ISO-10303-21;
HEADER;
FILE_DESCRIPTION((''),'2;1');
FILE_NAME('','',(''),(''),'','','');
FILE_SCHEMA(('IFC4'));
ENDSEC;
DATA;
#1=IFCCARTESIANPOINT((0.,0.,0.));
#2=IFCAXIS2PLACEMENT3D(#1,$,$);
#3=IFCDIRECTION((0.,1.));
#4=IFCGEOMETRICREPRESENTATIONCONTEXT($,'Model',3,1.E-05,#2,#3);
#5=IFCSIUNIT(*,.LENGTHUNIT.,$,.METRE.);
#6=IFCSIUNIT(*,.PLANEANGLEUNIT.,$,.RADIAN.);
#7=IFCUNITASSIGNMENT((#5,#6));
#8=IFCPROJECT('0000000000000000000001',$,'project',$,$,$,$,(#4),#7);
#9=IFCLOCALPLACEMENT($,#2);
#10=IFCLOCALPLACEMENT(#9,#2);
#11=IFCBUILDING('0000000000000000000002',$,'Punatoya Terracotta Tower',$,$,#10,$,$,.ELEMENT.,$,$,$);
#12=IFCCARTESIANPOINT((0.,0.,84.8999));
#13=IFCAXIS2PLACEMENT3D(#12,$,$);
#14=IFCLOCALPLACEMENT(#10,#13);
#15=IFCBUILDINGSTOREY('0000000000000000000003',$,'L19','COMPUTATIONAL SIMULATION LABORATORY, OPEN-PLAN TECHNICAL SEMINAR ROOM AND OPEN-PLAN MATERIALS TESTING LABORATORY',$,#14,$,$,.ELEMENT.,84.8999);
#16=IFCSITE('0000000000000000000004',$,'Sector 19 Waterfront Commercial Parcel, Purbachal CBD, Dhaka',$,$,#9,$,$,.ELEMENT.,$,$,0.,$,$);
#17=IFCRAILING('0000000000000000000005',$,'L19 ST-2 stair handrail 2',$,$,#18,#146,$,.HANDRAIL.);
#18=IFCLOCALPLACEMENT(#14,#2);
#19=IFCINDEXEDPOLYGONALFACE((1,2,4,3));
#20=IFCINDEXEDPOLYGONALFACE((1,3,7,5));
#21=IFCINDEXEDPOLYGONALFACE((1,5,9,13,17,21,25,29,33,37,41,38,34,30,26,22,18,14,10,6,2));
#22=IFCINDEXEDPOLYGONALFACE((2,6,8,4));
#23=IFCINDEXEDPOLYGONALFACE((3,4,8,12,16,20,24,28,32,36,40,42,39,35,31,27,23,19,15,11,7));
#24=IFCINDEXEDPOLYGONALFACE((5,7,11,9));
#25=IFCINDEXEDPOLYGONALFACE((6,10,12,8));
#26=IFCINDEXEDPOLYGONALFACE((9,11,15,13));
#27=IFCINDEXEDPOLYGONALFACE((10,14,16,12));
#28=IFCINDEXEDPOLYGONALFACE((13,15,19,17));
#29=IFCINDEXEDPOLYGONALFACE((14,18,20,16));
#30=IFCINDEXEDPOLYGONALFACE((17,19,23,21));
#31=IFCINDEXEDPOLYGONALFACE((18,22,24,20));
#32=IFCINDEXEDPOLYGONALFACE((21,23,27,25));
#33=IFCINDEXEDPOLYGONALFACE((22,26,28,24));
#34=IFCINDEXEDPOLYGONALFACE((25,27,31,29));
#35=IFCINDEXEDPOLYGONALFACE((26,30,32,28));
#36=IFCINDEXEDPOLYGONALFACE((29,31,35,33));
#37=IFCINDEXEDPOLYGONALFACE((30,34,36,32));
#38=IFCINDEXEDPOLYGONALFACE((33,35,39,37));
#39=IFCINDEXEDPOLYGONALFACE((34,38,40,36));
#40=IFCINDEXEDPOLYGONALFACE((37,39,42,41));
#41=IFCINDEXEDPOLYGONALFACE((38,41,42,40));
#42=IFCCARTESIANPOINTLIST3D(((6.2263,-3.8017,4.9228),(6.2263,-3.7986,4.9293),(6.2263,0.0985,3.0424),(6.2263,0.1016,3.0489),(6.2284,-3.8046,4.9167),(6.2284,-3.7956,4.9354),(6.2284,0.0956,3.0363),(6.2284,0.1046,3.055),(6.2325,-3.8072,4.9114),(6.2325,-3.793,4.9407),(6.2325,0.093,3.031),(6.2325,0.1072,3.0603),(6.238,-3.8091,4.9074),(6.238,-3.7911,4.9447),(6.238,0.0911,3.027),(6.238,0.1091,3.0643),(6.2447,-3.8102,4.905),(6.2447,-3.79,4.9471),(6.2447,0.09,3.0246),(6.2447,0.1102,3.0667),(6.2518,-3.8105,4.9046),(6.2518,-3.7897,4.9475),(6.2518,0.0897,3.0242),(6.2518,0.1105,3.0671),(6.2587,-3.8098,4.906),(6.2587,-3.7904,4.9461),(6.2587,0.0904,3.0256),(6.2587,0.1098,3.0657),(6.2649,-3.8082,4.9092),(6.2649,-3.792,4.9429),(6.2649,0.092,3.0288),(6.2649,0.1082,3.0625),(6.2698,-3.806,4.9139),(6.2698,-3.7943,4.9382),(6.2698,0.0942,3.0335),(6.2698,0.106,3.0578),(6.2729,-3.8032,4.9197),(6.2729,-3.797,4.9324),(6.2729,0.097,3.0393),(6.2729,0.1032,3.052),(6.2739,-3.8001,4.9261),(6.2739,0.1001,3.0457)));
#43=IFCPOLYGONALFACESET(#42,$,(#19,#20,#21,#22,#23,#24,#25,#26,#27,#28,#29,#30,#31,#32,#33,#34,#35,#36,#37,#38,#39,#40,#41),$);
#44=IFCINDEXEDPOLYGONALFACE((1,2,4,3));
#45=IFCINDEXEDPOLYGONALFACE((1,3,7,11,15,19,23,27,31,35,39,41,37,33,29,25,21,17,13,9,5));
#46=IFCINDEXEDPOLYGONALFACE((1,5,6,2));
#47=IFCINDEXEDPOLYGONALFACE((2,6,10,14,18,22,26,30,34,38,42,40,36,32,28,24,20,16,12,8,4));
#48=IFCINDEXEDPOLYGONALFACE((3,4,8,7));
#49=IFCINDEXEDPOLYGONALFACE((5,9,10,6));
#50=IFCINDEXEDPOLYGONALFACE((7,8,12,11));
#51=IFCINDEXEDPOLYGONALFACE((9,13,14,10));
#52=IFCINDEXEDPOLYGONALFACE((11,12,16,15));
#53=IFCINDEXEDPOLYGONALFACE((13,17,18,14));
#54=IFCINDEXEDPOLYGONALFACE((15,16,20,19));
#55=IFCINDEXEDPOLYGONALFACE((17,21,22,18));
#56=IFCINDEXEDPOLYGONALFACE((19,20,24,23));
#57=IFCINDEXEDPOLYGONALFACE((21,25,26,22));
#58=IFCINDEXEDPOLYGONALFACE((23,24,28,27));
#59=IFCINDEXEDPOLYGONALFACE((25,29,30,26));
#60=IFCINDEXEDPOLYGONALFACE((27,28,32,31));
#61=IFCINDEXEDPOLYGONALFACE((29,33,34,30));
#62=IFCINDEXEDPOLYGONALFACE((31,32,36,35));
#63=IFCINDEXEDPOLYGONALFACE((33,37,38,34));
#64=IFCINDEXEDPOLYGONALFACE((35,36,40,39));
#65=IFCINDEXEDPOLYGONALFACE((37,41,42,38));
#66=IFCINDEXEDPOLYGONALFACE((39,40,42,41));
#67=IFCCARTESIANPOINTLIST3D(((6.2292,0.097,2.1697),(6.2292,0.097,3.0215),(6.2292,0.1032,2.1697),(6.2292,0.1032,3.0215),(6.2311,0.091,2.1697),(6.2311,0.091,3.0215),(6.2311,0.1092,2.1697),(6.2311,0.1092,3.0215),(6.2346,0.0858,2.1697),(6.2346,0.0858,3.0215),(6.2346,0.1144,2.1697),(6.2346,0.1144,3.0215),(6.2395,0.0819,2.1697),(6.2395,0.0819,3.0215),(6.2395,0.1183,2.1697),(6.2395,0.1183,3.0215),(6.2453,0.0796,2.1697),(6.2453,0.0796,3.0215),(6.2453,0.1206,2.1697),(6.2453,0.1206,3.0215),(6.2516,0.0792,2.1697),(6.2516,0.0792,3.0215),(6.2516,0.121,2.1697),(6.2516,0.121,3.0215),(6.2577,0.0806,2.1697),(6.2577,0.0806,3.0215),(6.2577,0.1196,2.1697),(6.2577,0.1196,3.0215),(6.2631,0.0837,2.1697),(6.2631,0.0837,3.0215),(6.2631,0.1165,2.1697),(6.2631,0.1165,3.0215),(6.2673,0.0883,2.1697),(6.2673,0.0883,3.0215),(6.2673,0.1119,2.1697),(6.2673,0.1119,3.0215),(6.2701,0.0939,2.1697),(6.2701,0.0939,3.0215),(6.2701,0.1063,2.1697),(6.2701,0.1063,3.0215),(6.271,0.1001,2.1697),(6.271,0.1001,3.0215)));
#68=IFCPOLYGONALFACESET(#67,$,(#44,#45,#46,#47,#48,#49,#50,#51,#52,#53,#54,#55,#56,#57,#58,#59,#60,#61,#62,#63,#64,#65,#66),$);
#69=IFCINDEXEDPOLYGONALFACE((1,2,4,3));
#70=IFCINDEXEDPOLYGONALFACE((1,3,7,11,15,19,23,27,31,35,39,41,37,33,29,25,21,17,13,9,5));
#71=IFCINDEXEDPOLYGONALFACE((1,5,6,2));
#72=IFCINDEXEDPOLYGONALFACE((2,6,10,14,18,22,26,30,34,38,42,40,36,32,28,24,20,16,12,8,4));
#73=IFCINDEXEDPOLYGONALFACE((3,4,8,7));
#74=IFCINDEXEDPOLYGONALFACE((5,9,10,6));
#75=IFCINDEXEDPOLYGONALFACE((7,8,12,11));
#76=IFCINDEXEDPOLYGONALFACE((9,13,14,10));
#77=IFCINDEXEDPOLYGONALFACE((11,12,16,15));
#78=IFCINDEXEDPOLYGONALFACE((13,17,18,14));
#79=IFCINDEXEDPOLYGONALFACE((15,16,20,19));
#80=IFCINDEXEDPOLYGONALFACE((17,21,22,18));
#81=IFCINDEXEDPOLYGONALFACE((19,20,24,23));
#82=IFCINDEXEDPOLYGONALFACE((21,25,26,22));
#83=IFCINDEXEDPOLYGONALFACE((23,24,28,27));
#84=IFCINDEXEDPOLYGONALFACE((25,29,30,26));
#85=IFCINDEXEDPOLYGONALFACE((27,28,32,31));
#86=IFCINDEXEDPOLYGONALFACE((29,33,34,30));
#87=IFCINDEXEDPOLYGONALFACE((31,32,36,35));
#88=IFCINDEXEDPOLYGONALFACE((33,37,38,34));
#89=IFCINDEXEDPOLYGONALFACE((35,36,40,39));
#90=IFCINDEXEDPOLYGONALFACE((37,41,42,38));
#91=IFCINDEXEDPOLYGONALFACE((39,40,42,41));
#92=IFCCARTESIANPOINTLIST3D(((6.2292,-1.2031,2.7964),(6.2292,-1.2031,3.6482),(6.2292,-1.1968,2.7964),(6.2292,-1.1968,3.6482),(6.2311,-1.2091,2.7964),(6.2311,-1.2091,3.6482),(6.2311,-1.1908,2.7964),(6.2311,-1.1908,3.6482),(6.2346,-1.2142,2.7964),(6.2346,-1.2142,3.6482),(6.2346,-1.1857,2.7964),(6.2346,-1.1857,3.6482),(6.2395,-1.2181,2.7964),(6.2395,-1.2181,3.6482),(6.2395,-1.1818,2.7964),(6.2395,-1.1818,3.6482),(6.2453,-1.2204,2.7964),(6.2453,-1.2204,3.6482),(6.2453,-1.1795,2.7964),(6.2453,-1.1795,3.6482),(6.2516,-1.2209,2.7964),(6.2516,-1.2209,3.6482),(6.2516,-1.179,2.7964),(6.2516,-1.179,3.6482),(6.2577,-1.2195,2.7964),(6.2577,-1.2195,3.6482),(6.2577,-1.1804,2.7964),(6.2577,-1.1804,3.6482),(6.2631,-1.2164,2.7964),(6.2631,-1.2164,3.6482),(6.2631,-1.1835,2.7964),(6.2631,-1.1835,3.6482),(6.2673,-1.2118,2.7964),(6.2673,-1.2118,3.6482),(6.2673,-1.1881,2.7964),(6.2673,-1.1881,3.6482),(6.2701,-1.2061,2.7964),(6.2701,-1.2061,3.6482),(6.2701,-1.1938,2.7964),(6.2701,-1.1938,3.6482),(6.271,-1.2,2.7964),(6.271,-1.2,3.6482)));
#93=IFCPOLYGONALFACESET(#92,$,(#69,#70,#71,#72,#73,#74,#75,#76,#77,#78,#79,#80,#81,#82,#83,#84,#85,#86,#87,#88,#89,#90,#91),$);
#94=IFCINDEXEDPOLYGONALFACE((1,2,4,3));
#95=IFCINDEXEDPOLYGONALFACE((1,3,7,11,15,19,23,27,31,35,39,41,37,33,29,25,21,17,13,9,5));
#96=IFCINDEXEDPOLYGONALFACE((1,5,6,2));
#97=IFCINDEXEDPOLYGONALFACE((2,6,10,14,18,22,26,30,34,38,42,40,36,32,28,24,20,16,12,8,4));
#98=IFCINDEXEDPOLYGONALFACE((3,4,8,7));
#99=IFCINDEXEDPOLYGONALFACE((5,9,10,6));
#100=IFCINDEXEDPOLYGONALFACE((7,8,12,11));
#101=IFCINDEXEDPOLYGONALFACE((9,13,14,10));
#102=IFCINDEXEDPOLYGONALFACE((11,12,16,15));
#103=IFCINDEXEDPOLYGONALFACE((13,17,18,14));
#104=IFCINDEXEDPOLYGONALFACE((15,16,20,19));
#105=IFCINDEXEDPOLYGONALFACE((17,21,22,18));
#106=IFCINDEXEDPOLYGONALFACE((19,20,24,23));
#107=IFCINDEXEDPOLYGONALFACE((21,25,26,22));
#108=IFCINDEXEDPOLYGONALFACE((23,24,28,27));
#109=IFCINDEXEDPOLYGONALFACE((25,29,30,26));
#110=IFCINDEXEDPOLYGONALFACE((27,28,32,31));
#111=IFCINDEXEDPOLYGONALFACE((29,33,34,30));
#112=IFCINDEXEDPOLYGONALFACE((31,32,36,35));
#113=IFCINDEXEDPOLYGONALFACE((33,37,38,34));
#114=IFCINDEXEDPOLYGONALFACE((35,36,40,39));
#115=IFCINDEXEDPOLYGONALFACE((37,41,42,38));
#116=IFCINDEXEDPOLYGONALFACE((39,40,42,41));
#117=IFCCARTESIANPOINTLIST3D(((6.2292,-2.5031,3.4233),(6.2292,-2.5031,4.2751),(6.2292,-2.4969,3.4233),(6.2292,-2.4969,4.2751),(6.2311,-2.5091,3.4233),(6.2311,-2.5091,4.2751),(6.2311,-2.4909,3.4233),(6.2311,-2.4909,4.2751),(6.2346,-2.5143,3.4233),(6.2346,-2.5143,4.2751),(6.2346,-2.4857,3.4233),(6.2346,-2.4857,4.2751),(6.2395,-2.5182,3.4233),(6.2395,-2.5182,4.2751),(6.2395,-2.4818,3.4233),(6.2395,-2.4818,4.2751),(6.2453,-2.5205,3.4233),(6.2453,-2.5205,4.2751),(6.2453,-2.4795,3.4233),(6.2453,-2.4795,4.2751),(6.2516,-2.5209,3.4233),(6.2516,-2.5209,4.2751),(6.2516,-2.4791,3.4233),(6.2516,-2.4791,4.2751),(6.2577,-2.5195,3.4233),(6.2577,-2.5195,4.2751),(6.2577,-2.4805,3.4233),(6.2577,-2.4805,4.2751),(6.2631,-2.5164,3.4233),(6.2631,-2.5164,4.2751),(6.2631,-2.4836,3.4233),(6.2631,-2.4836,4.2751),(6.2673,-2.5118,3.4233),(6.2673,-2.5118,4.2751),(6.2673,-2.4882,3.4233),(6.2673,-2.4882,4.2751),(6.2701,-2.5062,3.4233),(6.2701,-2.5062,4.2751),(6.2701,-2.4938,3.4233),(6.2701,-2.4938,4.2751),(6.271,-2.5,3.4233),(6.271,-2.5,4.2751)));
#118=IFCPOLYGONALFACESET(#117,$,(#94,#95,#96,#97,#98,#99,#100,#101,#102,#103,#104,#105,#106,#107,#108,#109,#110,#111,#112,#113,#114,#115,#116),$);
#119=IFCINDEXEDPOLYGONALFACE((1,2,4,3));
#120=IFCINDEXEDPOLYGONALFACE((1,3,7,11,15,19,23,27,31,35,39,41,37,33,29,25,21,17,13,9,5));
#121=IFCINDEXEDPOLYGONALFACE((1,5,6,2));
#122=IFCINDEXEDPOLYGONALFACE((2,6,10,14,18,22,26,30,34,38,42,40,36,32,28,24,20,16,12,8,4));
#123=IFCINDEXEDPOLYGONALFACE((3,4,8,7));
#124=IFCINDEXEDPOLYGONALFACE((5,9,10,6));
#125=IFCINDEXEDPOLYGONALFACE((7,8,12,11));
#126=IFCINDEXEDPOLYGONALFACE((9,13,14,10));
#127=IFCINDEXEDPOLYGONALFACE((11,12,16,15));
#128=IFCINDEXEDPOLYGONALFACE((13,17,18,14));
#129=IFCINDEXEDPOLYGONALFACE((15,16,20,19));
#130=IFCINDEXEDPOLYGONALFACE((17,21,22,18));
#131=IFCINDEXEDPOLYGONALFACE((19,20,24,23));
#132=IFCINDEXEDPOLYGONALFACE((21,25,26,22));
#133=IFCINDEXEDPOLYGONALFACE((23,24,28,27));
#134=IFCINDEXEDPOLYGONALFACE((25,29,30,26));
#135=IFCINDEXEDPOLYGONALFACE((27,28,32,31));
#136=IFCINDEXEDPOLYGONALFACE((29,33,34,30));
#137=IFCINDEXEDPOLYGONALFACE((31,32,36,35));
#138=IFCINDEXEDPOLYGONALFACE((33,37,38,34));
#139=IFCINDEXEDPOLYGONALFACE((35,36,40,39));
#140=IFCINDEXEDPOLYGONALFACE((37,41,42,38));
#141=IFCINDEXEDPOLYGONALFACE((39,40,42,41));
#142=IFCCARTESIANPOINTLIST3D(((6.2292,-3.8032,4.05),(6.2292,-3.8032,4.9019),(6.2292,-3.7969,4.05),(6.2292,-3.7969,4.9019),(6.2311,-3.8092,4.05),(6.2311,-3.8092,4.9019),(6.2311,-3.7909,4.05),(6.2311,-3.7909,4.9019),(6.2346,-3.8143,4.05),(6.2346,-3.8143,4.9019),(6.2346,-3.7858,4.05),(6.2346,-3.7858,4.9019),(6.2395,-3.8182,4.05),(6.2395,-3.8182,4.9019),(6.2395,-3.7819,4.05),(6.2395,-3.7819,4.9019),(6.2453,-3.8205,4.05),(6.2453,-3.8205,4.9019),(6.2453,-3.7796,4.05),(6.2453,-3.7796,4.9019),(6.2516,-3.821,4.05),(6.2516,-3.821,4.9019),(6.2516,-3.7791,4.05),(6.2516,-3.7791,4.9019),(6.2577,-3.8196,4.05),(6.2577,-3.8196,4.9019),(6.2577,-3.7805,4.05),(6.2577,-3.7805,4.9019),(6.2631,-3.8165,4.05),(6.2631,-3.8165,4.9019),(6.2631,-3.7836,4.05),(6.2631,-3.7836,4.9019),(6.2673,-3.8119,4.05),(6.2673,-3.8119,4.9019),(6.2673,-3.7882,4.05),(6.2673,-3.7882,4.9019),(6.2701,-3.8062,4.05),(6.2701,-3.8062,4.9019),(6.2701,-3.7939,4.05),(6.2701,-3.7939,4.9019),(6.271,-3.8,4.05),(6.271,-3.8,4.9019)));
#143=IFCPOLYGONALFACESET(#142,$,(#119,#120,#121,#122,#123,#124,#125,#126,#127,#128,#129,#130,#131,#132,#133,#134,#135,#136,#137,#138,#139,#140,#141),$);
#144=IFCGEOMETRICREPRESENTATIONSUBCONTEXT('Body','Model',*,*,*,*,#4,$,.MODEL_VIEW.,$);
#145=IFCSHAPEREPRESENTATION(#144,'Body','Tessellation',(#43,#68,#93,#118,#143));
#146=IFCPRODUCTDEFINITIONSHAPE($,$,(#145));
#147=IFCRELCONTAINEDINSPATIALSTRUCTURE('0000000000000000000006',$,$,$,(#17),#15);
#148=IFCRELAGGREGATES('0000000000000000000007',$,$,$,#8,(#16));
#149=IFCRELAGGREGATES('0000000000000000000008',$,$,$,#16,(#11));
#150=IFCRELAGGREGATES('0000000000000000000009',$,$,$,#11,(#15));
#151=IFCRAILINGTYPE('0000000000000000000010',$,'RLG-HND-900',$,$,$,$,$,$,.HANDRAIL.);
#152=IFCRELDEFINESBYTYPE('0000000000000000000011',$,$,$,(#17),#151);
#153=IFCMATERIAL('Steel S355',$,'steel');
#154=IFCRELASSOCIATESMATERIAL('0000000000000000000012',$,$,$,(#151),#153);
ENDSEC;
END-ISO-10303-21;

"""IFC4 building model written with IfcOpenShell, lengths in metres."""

from ifc_helpers import new_model, si_unit, direction, frame, origin, origin_2d, place, context, subcontext, project, spatial, circle, extrude, material, type_object, element, save


model = new_model("IFC4")

# Units and contexts
model_context = context("Model", 3, precision=1e-05, world=origin(), true_north=direction((0.0, 1.0)))
body_context = subcontext(model_context, "Body", "Model", "MODEL_VIEW")
ifc_project = project(units=[si_unit("LENGTHUNIT", "METRE"), si_unit("PLANEANGLEUNIT", "RADIAN")], contexts=[model_context])

# Site, building, storey
site_placement = place(None, origin())
site = spatial("IfcSite", under=ifc_project, at=site_placement, Name="Sector 19 Waterfront Commercial Parcel, Purbachal CBD, Dhaka", CompositionType="ELEMENT", RefElevation=0.0)
building_placement = place(site_placement, origin())
building = spatial("IfcBuilding", under=site, at=building_placement, Name="Punatoya Terracotta Tower", CompositionType="ELEMENT")
storey_placement = place(building_placement, frame((0.0, 0.0, 84.8999)))
storey = spatial("IfcBuildingStorey", under=building, at=storey_placement, Name="L19", Description="COMPUTATIONAL SIMULATION LABORATORY, OPEN-PLAN TECHNICAL SEMINAR ROOM AND OPEN-PLAN MATERIALS TESTING LABORATORY", CompositionType="ELEMENT", Elevation=84.8999)

# Shared definitions
ifc_material_1 = material(Name="Steel S355", Category="steel")

# Railing
railing_type_1 = type_object("IfcRailingType", Name="RLG-HND-900", PredefinedType="HANDRAIL", material=ifc_material_1)
railing_1_placement = place(storey_placement, frame((6.25, 0.1001, 2.1697)))
element("IfcRailing", 1, at=railing_1_placement, inside=storey, type_object=railing_type_1, Name="L19 ST-2 stair handrail 2", PredefinedType="HANDRAIL", context=body_context, shape_type="SweptSolid", body=[
    extrude(circle(Radius=0.0239, at=origin_2d()), frame((0.0, 0.0, 0.876), z_axis=(0.0, -0.900774, 0.434289), x_axis=(1.0, 0.0, 0.0)), (0.0, 0.0, 1.0), 4.3298),
    extrude(circle(Radius=0.021, at=origin_2d()), origin(), (0.0, 0.0, 1.0), 0.8518),
    extrude(circle(Radius=0.021, at=origin_2d()), frame((0.0, -1.3, 0.6267)), (0.0, 0.0, 1.0), 0.8518),
    extrude(circle(Radius=0.021, at=origin_2d()), frame((0.0, -2.6001, 1.2537)), (0.0, 0.0, 1.0), 0.8518),
    extrude(circle(Radius=0.021, at=origin_2d()), frame((0.0, -3.9001, 1.8804)), (0.0, 0.0, 1.0), 0.8518),
])

save(model, "model.ifc")
